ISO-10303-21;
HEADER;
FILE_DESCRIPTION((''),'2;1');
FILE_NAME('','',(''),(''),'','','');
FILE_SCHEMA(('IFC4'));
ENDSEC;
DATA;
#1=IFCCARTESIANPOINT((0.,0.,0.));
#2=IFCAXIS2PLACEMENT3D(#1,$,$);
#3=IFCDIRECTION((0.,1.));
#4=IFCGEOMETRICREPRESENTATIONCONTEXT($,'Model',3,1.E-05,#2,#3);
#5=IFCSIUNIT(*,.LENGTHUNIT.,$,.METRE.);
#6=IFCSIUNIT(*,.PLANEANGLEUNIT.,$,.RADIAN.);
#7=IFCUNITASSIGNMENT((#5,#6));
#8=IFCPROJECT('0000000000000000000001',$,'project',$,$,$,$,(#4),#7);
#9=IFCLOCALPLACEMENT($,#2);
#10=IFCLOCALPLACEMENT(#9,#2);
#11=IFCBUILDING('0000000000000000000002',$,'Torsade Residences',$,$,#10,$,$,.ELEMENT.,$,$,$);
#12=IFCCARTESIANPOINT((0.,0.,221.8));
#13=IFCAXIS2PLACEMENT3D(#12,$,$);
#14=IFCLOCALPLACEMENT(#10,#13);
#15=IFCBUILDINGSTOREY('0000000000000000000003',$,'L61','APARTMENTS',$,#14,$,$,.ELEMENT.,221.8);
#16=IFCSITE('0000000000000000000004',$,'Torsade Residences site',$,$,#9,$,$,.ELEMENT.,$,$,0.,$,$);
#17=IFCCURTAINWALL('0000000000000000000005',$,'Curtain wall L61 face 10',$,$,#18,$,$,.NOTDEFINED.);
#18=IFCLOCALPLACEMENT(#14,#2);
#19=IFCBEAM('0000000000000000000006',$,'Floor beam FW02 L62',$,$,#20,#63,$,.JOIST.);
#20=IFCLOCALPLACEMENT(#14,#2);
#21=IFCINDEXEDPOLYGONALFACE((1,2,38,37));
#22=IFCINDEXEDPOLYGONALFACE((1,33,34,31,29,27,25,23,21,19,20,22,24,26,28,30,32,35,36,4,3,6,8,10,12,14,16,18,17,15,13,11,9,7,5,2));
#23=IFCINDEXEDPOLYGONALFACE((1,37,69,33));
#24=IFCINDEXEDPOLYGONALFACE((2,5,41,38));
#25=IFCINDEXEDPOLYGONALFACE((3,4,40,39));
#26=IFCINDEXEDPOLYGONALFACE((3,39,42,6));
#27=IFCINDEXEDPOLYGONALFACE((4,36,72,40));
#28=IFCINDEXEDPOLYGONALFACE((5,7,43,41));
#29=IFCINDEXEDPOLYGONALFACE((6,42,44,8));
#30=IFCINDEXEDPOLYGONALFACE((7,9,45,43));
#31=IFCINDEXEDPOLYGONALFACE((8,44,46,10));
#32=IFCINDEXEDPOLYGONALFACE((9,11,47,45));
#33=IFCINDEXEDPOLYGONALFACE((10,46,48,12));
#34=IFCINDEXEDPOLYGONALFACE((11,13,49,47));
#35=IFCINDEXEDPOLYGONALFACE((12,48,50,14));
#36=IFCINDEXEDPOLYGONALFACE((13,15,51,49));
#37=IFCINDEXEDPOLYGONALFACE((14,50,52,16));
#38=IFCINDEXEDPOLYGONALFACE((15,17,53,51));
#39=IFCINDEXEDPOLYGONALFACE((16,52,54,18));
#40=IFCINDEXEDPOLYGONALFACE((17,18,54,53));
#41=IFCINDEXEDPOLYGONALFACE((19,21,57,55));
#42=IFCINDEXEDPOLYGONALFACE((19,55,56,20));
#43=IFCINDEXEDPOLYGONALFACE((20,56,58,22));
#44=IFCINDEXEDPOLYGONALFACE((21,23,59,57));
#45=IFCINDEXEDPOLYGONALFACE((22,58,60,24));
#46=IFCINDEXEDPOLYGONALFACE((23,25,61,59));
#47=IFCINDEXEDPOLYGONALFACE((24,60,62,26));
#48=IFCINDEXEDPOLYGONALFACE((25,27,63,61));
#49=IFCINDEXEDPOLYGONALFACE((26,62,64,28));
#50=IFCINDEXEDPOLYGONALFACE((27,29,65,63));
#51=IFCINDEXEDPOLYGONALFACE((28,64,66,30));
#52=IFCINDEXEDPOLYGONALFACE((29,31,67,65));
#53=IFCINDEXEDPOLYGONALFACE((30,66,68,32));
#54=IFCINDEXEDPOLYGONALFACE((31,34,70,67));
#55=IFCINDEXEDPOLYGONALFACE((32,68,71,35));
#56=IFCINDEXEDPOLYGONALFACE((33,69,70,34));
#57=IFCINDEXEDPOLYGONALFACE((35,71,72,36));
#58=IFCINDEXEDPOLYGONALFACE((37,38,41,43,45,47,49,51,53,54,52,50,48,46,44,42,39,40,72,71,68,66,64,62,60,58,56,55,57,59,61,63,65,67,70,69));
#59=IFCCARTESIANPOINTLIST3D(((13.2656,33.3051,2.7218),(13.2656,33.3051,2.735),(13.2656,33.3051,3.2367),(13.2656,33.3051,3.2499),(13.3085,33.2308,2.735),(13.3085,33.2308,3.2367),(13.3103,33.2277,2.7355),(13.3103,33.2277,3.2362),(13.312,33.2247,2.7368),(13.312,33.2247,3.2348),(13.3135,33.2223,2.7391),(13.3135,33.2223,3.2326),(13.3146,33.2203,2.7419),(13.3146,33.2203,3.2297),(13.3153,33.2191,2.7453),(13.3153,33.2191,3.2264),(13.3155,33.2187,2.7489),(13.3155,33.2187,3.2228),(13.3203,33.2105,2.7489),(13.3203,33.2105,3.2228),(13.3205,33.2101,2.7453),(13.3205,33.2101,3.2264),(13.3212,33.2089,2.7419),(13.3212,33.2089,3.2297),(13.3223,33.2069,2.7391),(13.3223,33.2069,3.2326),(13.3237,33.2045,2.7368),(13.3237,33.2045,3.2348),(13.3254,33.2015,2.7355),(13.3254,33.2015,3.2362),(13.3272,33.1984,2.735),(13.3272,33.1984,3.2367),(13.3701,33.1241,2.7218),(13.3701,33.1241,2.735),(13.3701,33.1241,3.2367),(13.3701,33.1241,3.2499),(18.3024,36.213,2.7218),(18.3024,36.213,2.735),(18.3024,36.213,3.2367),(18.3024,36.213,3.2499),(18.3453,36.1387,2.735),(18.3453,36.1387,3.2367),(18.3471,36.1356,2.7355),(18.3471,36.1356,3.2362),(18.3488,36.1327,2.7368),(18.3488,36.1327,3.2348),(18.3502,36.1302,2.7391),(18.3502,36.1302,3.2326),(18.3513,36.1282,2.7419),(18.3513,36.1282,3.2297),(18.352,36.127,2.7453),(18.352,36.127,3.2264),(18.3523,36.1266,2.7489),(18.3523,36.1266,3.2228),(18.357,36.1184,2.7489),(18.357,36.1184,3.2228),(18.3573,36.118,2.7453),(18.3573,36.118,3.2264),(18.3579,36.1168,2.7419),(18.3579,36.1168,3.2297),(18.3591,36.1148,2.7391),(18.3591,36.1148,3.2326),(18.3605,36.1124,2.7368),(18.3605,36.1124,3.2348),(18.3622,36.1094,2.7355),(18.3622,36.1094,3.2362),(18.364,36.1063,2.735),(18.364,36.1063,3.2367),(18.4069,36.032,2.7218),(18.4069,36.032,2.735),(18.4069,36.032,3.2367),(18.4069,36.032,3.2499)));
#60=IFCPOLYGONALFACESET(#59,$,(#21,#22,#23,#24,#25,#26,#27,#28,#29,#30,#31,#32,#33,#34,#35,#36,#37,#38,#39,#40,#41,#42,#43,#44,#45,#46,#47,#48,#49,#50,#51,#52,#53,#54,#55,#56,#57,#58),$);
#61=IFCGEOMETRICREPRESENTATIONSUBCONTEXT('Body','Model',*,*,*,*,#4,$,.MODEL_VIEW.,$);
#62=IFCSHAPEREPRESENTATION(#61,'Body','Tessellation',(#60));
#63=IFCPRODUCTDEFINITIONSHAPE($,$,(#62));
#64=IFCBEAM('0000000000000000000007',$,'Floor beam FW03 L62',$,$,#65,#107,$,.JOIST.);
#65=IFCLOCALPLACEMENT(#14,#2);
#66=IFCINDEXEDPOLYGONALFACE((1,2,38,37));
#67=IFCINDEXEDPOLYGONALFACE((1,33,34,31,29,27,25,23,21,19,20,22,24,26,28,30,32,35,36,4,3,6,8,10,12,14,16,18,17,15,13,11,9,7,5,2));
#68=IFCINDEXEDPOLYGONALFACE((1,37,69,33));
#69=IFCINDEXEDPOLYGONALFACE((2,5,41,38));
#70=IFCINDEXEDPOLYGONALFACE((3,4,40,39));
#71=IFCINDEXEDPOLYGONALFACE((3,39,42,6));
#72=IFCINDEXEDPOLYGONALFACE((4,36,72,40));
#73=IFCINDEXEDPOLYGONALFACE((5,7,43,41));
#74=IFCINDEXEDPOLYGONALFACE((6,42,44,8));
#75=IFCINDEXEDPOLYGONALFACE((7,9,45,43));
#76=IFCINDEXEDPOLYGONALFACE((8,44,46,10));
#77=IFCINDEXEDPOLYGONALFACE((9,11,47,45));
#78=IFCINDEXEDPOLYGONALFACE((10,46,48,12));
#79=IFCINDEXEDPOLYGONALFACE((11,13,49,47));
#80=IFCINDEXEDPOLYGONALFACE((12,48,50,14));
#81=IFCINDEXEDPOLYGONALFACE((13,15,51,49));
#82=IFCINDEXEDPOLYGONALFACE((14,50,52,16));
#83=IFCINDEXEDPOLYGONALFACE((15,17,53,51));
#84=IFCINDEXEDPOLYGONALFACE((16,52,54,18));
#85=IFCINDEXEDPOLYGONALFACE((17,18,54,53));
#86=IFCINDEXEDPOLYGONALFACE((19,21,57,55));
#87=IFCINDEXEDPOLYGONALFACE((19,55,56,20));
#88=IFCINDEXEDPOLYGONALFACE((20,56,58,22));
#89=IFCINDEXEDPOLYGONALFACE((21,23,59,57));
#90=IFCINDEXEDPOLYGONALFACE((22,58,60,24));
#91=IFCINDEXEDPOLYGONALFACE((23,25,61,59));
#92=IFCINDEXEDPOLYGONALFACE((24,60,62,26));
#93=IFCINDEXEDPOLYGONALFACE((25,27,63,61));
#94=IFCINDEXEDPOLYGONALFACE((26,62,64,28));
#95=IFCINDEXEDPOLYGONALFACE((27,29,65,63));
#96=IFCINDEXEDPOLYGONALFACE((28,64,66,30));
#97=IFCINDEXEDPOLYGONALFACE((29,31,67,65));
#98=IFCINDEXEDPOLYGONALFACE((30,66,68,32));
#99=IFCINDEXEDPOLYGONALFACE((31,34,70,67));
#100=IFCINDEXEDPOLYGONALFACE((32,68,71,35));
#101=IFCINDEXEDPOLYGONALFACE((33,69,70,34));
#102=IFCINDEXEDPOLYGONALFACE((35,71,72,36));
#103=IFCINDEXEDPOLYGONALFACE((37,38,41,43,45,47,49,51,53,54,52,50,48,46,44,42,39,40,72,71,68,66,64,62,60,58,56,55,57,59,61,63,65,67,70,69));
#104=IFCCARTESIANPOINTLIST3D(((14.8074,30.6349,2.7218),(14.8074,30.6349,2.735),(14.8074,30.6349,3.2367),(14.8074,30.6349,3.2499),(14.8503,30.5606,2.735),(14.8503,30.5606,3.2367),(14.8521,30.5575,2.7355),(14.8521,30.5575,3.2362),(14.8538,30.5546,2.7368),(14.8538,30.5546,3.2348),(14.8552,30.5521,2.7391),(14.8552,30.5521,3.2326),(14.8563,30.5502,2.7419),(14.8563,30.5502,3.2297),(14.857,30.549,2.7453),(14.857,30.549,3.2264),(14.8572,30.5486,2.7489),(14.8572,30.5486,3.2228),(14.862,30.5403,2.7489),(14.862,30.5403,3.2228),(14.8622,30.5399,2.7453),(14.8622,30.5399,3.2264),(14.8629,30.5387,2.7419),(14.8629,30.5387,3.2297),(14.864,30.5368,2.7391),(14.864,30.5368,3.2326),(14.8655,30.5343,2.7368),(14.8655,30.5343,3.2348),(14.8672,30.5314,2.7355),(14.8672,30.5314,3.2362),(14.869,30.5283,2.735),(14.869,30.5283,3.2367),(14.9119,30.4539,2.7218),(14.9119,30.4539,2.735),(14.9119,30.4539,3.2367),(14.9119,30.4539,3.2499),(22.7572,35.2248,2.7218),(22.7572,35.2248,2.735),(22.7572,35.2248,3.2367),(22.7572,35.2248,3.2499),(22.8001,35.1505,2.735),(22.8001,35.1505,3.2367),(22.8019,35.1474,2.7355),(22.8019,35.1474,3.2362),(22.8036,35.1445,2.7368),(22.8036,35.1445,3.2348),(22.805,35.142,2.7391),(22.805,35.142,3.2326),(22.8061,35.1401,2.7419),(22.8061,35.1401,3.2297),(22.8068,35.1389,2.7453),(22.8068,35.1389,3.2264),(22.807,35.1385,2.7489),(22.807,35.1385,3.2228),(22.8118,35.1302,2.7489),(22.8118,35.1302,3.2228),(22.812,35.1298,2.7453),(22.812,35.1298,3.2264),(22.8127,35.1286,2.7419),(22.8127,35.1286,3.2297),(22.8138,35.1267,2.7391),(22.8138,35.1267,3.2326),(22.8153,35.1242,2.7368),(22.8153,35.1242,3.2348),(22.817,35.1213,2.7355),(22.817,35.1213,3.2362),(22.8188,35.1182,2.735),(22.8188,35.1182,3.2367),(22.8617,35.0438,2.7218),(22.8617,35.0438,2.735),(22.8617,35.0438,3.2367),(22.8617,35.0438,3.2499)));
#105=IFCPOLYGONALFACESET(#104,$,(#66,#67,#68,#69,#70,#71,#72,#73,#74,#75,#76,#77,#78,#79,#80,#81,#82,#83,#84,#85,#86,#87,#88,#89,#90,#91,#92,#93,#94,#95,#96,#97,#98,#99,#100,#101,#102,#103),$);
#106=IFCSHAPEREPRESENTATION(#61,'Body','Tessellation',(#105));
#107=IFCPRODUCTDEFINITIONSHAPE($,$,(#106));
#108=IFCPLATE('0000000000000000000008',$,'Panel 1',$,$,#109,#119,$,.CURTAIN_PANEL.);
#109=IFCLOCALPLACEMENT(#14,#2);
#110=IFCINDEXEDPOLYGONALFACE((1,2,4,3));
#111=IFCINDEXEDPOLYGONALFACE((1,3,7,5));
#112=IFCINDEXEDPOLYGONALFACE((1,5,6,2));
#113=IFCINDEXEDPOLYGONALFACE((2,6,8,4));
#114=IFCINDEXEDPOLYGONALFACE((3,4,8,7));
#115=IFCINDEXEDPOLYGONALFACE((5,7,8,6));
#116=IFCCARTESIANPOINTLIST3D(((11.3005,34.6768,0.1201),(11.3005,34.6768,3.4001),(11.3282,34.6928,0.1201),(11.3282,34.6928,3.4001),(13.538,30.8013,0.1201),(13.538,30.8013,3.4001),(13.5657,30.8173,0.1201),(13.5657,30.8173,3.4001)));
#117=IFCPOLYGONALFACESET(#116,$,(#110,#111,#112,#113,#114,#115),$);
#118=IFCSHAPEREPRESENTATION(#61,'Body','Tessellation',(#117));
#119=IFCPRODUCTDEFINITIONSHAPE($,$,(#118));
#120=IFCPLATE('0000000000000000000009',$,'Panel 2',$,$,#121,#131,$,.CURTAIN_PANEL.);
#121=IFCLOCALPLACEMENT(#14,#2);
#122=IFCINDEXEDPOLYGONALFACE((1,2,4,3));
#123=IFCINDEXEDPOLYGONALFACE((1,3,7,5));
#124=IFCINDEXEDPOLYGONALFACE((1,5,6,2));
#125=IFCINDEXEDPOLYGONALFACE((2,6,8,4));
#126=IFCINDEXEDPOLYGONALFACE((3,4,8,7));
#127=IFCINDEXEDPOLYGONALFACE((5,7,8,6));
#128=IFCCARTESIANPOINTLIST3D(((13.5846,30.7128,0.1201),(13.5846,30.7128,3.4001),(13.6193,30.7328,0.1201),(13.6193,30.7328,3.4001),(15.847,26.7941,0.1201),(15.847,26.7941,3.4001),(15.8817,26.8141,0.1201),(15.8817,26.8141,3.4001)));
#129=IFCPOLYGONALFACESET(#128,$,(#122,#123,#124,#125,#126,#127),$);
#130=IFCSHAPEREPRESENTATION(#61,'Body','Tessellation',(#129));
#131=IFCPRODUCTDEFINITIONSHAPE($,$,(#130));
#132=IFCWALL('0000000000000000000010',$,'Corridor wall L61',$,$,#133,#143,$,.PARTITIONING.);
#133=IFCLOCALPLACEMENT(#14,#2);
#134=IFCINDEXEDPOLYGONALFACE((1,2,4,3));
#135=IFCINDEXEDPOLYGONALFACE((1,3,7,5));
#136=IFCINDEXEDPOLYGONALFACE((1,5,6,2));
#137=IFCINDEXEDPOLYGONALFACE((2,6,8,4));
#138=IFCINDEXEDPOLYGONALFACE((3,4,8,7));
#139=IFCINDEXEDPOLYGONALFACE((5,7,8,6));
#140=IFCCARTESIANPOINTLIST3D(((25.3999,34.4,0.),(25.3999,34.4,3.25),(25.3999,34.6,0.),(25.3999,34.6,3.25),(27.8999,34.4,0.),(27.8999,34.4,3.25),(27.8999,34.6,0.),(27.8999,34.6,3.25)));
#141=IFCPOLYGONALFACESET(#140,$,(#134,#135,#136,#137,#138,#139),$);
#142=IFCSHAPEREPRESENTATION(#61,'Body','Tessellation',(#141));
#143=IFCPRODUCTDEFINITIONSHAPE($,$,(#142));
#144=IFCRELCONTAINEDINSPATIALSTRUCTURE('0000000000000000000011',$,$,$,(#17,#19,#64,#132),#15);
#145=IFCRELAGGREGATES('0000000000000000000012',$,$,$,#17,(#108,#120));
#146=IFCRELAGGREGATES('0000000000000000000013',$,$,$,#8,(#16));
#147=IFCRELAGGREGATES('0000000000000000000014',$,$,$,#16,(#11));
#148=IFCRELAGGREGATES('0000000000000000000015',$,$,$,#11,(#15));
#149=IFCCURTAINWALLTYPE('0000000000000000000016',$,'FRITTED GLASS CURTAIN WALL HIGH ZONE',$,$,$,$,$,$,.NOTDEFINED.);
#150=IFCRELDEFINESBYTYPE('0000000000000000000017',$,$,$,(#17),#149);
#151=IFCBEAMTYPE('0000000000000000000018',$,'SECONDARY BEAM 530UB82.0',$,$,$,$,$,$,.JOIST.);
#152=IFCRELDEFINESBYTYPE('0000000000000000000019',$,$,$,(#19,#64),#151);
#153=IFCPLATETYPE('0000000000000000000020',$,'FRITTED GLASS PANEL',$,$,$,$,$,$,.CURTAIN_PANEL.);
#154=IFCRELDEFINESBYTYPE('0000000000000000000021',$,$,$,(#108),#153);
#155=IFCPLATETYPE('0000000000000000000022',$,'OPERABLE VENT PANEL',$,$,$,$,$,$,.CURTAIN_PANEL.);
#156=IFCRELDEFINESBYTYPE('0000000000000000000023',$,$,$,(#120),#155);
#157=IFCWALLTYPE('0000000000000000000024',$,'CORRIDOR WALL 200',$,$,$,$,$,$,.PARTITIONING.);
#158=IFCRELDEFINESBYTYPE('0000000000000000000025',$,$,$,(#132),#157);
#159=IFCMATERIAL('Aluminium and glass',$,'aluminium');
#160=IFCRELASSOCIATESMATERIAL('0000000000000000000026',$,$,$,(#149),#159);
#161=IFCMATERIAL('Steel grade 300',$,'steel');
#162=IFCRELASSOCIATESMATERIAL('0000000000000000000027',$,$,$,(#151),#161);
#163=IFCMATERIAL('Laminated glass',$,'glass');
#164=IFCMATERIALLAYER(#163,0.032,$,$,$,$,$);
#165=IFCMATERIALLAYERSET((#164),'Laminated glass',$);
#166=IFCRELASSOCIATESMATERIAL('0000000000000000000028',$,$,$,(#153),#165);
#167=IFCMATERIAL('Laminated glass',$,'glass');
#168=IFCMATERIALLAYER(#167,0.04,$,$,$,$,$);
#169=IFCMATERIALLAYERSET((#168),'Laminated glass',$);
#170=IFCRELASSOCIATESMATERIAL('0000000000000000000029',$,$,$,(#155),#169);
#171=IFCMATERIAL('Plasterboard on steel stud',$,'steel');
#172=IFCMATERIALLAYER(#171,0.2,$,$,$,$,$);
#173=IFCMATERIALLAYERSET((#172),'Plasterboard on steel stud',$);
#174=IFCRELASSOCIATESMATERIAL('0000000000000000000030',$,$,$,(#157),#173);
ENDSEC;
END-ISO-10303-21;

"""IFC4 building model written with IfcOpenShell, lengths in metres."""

from ifc_helpers import new_model, si_unit, direction, frame, frame_2d, origin, origin_2d, place, context, subcontext, project, spatial, rectangle, i_section, extrude, material, layer, layer_set, material_profile, profile_set, type_object, element, aggregate, save


model = new_model("IFC4")

# Units and contexts
model_context = context("Model", 3, precision=1e-05, world=origin(), true_north=direction((0.0, 1.0)))
body_context = subcontext(model_context, "Body", "Model", "MODEL_VIEW")
ifc_project = project(units=[si_unit("LENGTHUNIT", "METRE"), si_unit("PLANEANGLEUNIT", "RADIAN")], contexts=[model_context])

# Site, building, storey
site_placement = place(None, origin())
site = spatial("IfcSite", under=ifc_project, at=site_placement, Name="Torsade Residences site", CompositionType="ELEMENT", RefElevation=0.0)
building_placement = place(site_placement, origin())
building = spatial("IfcBuilding", under=site, at=building_placement, Name="Torsade Residences", CompositionType="ELEMENT")
storey_placement = place(building_placement, frame((0.0, 0.0, 221.8)))
storey = spatial("IfcBuildingStorey", under=building, at=storey_placement, Name="L61", Description="APARTMENTS", CompositionType="ELEMENT", Elevation=221.8)

# Curtain wall
ifc_material_1 = material(Name="Aluminium and glass", Category="aluminium")
curtain_wall_type = type_object("IfcCurtainWallType", Name="FRITTED GLASS CURTAIN WALL HIGH ZONE", PredefinedType="NOTDEFINED", material=ifc_material_1)
curtain_wall_placement = place(storey_placement, origin())
curtain_wall = element("IfcCurtainWall", 1, at=curtain_wall_placement, inside=storey, type_object=curtain_wall_type, Name="Curtain wall L61 face 10", PredefinedType="NOTDEFINED")

# Beams
ifc_material_2 = material(Name="Steel grade 300", Category="steel")
ifc_material_profile_1 = material_profile(ifc_material_2, i_section(OverallWidth=0.209, OverallDepth=0.5281, WebThickness=0.0095, FlangeThickness=0.0132, FilletRadius=0.0139, at=origin_2d()), Name="530UB82.0")
ifc_profile_set_1 = profile_set([ifc_material_profile_1], Name="Steel grade 300")
beam_type_1 = type_object("IfcBeamType", Name="SECONDARY BEAM 530UB82.0", PredefinedType="JOIST", material=ifc_profile_set_1)
beam_1_placement = place(storey_placement, frame((13.3179, 33.2146, 2.9858), z_axis=(0.866031, 0.49999, 0.0), x_axis=(-0.49999, 0.866031, 0.0)))
element("IfcBeam", 2, at=beam_1_placement, inside=storey, type_object=beam_type_1, Name="Floor beam FW02 L62", PredefinedType="JOIST", context=body_context, shape_type="SweptSolid", body=[
    extrude(i_section(OverallWidth=0.209, OverallDepth=0.5281, WebThickness=0.0095, FlangeThickness=0.0132, FilletRadius=0.0139, at=origin_2d()), origin(), (0.0, 0.0, 1.0), 5.8159),
])
beam_2_placement = place(storey_placement, frame((14.8596, 30.5444, 2.9858), z_axis=(0.866022, 0.500006, 0.0), x_axis=(-0.500006, 0.866022, 0.0)))
element("IfcBeam", 3, at=beam_2_placement, inside=storey, type_object=beam_type_1, Name="Floor beam FW03 L62", PredefinedType="JOIST", context=body_context, shape_type="SweptSolid", body=[
    extrude(i_section(OverallWidth=0.209, OverallDepth=0.5281, WebThickness=0.0095, FlangeThickness=0.0132, FilletRadius=0.0139, at=origin_2d()), origin(), (0.0, 0.0, 1.0), 9.1797),
])

# Plates
ifc_material_3 = material(Name="Laminated glass", Category="glass")
ifc_layer_1 = layer(ifc_material_3, 0.032)
ifc_layer_set_1 = layer_set([ifc_layer_1], Name="Laminated glass")
plate_type_1 = type_object("IfcPlateType", Name="FRITTED GLASS PANEL", PredefinedType="CURTAIN_PANEL", material=ifc_layer_set_1)
plate_1_placement = place(storey_placement, frame((12.4331, 32.7471, 0.1201), z_axis=(0.0, 0.0, 1.0), x_axis=(0.5, -0.866025, 0.0)))
plate_1 = element("IfcPlate", 4, at=plate_1_placement, type_object=plate_type_1, Name="Panel 1", PredefinedType="CURTAIN_PANEL", context=body_context, shape_type="SweptSolid", body=[
    extrude(rectangle(XDim=4.4751, YDim=0.032, at=origin_2d()), origin(), (0.0, 0.0, 1.0), 3.28),
])
ifc_material_4 = material(Name="Laminated glass", Category="glass")
ifc_layer_2 = layer(ifc_material_4, 0.04)
ifc_layer_set_2 = layer_set([ifc_layer_2], Name="Laminated glass")
plate_type_2 = type_object("IfcPlateType", Name="OPERABLE VENT PANEL", PredefinedType="CURTAIN_PANEL", material=ifc_layer_set_2)
plate_2_placement = place(storey_placement, frame((14.7332, 28.7634, 0.1201), z_axis=(0.0, 0.0, 1.0), x_axis=(0.5, -0.866025, 0.0)))
plate_2 = element("IfcPlate", 5, at=plate_2_placement, type_object=plate_type_2, Name="Panel 2", PredefinedType="CURTAIN_PANEL", context=body_context, shape_type="SweptSolid", body=[
    extrude(rectangle(XDim=4.5249, YDim=0.04, at=origin_2d()), origin(), (0.0, 0.0, 1.0), 3.28),
])
aggregate(curtain_wall, [plate_1, plate_2])

# Wall
ifc_material_5 = material(Name="Plasterboard on steel stud", Category="steel")
ifc_layer_3 = layer(ifc_material_5, 0.2)
ifc_layer_set_3 = layer_set([ifc_layer_3], Name="Plasterboard on steel stud")
wall_type_1 = type_object("IfcWallType", Name="CORRIDOR WALL 200", PredefinedType="PARTITIONING", material=ifc_layer_set_3)
wall_1_placement = place(storey_placement, frame((27.8999, 34.5, 0.0), z_axis=(0.0, 0.0, 1.0), x_axis=(-1.0, 0.0, 0.0)))
element("IfcWall", 6, at=wall_1_placement, inside=storey, type_object=wall_type_1, Name="Corridor wall L61", PredefinedType="PARTITIONING", context=body_context, shape_type="SweptSolid", body=[
    extrude(rectangle(XDim=2.5, YDim=0.2, at=frame_2d((1.25, 0.0))), origin(), (0.0, 0.0, 1.0), 3.25),
])

save(model, "model.ifc")
